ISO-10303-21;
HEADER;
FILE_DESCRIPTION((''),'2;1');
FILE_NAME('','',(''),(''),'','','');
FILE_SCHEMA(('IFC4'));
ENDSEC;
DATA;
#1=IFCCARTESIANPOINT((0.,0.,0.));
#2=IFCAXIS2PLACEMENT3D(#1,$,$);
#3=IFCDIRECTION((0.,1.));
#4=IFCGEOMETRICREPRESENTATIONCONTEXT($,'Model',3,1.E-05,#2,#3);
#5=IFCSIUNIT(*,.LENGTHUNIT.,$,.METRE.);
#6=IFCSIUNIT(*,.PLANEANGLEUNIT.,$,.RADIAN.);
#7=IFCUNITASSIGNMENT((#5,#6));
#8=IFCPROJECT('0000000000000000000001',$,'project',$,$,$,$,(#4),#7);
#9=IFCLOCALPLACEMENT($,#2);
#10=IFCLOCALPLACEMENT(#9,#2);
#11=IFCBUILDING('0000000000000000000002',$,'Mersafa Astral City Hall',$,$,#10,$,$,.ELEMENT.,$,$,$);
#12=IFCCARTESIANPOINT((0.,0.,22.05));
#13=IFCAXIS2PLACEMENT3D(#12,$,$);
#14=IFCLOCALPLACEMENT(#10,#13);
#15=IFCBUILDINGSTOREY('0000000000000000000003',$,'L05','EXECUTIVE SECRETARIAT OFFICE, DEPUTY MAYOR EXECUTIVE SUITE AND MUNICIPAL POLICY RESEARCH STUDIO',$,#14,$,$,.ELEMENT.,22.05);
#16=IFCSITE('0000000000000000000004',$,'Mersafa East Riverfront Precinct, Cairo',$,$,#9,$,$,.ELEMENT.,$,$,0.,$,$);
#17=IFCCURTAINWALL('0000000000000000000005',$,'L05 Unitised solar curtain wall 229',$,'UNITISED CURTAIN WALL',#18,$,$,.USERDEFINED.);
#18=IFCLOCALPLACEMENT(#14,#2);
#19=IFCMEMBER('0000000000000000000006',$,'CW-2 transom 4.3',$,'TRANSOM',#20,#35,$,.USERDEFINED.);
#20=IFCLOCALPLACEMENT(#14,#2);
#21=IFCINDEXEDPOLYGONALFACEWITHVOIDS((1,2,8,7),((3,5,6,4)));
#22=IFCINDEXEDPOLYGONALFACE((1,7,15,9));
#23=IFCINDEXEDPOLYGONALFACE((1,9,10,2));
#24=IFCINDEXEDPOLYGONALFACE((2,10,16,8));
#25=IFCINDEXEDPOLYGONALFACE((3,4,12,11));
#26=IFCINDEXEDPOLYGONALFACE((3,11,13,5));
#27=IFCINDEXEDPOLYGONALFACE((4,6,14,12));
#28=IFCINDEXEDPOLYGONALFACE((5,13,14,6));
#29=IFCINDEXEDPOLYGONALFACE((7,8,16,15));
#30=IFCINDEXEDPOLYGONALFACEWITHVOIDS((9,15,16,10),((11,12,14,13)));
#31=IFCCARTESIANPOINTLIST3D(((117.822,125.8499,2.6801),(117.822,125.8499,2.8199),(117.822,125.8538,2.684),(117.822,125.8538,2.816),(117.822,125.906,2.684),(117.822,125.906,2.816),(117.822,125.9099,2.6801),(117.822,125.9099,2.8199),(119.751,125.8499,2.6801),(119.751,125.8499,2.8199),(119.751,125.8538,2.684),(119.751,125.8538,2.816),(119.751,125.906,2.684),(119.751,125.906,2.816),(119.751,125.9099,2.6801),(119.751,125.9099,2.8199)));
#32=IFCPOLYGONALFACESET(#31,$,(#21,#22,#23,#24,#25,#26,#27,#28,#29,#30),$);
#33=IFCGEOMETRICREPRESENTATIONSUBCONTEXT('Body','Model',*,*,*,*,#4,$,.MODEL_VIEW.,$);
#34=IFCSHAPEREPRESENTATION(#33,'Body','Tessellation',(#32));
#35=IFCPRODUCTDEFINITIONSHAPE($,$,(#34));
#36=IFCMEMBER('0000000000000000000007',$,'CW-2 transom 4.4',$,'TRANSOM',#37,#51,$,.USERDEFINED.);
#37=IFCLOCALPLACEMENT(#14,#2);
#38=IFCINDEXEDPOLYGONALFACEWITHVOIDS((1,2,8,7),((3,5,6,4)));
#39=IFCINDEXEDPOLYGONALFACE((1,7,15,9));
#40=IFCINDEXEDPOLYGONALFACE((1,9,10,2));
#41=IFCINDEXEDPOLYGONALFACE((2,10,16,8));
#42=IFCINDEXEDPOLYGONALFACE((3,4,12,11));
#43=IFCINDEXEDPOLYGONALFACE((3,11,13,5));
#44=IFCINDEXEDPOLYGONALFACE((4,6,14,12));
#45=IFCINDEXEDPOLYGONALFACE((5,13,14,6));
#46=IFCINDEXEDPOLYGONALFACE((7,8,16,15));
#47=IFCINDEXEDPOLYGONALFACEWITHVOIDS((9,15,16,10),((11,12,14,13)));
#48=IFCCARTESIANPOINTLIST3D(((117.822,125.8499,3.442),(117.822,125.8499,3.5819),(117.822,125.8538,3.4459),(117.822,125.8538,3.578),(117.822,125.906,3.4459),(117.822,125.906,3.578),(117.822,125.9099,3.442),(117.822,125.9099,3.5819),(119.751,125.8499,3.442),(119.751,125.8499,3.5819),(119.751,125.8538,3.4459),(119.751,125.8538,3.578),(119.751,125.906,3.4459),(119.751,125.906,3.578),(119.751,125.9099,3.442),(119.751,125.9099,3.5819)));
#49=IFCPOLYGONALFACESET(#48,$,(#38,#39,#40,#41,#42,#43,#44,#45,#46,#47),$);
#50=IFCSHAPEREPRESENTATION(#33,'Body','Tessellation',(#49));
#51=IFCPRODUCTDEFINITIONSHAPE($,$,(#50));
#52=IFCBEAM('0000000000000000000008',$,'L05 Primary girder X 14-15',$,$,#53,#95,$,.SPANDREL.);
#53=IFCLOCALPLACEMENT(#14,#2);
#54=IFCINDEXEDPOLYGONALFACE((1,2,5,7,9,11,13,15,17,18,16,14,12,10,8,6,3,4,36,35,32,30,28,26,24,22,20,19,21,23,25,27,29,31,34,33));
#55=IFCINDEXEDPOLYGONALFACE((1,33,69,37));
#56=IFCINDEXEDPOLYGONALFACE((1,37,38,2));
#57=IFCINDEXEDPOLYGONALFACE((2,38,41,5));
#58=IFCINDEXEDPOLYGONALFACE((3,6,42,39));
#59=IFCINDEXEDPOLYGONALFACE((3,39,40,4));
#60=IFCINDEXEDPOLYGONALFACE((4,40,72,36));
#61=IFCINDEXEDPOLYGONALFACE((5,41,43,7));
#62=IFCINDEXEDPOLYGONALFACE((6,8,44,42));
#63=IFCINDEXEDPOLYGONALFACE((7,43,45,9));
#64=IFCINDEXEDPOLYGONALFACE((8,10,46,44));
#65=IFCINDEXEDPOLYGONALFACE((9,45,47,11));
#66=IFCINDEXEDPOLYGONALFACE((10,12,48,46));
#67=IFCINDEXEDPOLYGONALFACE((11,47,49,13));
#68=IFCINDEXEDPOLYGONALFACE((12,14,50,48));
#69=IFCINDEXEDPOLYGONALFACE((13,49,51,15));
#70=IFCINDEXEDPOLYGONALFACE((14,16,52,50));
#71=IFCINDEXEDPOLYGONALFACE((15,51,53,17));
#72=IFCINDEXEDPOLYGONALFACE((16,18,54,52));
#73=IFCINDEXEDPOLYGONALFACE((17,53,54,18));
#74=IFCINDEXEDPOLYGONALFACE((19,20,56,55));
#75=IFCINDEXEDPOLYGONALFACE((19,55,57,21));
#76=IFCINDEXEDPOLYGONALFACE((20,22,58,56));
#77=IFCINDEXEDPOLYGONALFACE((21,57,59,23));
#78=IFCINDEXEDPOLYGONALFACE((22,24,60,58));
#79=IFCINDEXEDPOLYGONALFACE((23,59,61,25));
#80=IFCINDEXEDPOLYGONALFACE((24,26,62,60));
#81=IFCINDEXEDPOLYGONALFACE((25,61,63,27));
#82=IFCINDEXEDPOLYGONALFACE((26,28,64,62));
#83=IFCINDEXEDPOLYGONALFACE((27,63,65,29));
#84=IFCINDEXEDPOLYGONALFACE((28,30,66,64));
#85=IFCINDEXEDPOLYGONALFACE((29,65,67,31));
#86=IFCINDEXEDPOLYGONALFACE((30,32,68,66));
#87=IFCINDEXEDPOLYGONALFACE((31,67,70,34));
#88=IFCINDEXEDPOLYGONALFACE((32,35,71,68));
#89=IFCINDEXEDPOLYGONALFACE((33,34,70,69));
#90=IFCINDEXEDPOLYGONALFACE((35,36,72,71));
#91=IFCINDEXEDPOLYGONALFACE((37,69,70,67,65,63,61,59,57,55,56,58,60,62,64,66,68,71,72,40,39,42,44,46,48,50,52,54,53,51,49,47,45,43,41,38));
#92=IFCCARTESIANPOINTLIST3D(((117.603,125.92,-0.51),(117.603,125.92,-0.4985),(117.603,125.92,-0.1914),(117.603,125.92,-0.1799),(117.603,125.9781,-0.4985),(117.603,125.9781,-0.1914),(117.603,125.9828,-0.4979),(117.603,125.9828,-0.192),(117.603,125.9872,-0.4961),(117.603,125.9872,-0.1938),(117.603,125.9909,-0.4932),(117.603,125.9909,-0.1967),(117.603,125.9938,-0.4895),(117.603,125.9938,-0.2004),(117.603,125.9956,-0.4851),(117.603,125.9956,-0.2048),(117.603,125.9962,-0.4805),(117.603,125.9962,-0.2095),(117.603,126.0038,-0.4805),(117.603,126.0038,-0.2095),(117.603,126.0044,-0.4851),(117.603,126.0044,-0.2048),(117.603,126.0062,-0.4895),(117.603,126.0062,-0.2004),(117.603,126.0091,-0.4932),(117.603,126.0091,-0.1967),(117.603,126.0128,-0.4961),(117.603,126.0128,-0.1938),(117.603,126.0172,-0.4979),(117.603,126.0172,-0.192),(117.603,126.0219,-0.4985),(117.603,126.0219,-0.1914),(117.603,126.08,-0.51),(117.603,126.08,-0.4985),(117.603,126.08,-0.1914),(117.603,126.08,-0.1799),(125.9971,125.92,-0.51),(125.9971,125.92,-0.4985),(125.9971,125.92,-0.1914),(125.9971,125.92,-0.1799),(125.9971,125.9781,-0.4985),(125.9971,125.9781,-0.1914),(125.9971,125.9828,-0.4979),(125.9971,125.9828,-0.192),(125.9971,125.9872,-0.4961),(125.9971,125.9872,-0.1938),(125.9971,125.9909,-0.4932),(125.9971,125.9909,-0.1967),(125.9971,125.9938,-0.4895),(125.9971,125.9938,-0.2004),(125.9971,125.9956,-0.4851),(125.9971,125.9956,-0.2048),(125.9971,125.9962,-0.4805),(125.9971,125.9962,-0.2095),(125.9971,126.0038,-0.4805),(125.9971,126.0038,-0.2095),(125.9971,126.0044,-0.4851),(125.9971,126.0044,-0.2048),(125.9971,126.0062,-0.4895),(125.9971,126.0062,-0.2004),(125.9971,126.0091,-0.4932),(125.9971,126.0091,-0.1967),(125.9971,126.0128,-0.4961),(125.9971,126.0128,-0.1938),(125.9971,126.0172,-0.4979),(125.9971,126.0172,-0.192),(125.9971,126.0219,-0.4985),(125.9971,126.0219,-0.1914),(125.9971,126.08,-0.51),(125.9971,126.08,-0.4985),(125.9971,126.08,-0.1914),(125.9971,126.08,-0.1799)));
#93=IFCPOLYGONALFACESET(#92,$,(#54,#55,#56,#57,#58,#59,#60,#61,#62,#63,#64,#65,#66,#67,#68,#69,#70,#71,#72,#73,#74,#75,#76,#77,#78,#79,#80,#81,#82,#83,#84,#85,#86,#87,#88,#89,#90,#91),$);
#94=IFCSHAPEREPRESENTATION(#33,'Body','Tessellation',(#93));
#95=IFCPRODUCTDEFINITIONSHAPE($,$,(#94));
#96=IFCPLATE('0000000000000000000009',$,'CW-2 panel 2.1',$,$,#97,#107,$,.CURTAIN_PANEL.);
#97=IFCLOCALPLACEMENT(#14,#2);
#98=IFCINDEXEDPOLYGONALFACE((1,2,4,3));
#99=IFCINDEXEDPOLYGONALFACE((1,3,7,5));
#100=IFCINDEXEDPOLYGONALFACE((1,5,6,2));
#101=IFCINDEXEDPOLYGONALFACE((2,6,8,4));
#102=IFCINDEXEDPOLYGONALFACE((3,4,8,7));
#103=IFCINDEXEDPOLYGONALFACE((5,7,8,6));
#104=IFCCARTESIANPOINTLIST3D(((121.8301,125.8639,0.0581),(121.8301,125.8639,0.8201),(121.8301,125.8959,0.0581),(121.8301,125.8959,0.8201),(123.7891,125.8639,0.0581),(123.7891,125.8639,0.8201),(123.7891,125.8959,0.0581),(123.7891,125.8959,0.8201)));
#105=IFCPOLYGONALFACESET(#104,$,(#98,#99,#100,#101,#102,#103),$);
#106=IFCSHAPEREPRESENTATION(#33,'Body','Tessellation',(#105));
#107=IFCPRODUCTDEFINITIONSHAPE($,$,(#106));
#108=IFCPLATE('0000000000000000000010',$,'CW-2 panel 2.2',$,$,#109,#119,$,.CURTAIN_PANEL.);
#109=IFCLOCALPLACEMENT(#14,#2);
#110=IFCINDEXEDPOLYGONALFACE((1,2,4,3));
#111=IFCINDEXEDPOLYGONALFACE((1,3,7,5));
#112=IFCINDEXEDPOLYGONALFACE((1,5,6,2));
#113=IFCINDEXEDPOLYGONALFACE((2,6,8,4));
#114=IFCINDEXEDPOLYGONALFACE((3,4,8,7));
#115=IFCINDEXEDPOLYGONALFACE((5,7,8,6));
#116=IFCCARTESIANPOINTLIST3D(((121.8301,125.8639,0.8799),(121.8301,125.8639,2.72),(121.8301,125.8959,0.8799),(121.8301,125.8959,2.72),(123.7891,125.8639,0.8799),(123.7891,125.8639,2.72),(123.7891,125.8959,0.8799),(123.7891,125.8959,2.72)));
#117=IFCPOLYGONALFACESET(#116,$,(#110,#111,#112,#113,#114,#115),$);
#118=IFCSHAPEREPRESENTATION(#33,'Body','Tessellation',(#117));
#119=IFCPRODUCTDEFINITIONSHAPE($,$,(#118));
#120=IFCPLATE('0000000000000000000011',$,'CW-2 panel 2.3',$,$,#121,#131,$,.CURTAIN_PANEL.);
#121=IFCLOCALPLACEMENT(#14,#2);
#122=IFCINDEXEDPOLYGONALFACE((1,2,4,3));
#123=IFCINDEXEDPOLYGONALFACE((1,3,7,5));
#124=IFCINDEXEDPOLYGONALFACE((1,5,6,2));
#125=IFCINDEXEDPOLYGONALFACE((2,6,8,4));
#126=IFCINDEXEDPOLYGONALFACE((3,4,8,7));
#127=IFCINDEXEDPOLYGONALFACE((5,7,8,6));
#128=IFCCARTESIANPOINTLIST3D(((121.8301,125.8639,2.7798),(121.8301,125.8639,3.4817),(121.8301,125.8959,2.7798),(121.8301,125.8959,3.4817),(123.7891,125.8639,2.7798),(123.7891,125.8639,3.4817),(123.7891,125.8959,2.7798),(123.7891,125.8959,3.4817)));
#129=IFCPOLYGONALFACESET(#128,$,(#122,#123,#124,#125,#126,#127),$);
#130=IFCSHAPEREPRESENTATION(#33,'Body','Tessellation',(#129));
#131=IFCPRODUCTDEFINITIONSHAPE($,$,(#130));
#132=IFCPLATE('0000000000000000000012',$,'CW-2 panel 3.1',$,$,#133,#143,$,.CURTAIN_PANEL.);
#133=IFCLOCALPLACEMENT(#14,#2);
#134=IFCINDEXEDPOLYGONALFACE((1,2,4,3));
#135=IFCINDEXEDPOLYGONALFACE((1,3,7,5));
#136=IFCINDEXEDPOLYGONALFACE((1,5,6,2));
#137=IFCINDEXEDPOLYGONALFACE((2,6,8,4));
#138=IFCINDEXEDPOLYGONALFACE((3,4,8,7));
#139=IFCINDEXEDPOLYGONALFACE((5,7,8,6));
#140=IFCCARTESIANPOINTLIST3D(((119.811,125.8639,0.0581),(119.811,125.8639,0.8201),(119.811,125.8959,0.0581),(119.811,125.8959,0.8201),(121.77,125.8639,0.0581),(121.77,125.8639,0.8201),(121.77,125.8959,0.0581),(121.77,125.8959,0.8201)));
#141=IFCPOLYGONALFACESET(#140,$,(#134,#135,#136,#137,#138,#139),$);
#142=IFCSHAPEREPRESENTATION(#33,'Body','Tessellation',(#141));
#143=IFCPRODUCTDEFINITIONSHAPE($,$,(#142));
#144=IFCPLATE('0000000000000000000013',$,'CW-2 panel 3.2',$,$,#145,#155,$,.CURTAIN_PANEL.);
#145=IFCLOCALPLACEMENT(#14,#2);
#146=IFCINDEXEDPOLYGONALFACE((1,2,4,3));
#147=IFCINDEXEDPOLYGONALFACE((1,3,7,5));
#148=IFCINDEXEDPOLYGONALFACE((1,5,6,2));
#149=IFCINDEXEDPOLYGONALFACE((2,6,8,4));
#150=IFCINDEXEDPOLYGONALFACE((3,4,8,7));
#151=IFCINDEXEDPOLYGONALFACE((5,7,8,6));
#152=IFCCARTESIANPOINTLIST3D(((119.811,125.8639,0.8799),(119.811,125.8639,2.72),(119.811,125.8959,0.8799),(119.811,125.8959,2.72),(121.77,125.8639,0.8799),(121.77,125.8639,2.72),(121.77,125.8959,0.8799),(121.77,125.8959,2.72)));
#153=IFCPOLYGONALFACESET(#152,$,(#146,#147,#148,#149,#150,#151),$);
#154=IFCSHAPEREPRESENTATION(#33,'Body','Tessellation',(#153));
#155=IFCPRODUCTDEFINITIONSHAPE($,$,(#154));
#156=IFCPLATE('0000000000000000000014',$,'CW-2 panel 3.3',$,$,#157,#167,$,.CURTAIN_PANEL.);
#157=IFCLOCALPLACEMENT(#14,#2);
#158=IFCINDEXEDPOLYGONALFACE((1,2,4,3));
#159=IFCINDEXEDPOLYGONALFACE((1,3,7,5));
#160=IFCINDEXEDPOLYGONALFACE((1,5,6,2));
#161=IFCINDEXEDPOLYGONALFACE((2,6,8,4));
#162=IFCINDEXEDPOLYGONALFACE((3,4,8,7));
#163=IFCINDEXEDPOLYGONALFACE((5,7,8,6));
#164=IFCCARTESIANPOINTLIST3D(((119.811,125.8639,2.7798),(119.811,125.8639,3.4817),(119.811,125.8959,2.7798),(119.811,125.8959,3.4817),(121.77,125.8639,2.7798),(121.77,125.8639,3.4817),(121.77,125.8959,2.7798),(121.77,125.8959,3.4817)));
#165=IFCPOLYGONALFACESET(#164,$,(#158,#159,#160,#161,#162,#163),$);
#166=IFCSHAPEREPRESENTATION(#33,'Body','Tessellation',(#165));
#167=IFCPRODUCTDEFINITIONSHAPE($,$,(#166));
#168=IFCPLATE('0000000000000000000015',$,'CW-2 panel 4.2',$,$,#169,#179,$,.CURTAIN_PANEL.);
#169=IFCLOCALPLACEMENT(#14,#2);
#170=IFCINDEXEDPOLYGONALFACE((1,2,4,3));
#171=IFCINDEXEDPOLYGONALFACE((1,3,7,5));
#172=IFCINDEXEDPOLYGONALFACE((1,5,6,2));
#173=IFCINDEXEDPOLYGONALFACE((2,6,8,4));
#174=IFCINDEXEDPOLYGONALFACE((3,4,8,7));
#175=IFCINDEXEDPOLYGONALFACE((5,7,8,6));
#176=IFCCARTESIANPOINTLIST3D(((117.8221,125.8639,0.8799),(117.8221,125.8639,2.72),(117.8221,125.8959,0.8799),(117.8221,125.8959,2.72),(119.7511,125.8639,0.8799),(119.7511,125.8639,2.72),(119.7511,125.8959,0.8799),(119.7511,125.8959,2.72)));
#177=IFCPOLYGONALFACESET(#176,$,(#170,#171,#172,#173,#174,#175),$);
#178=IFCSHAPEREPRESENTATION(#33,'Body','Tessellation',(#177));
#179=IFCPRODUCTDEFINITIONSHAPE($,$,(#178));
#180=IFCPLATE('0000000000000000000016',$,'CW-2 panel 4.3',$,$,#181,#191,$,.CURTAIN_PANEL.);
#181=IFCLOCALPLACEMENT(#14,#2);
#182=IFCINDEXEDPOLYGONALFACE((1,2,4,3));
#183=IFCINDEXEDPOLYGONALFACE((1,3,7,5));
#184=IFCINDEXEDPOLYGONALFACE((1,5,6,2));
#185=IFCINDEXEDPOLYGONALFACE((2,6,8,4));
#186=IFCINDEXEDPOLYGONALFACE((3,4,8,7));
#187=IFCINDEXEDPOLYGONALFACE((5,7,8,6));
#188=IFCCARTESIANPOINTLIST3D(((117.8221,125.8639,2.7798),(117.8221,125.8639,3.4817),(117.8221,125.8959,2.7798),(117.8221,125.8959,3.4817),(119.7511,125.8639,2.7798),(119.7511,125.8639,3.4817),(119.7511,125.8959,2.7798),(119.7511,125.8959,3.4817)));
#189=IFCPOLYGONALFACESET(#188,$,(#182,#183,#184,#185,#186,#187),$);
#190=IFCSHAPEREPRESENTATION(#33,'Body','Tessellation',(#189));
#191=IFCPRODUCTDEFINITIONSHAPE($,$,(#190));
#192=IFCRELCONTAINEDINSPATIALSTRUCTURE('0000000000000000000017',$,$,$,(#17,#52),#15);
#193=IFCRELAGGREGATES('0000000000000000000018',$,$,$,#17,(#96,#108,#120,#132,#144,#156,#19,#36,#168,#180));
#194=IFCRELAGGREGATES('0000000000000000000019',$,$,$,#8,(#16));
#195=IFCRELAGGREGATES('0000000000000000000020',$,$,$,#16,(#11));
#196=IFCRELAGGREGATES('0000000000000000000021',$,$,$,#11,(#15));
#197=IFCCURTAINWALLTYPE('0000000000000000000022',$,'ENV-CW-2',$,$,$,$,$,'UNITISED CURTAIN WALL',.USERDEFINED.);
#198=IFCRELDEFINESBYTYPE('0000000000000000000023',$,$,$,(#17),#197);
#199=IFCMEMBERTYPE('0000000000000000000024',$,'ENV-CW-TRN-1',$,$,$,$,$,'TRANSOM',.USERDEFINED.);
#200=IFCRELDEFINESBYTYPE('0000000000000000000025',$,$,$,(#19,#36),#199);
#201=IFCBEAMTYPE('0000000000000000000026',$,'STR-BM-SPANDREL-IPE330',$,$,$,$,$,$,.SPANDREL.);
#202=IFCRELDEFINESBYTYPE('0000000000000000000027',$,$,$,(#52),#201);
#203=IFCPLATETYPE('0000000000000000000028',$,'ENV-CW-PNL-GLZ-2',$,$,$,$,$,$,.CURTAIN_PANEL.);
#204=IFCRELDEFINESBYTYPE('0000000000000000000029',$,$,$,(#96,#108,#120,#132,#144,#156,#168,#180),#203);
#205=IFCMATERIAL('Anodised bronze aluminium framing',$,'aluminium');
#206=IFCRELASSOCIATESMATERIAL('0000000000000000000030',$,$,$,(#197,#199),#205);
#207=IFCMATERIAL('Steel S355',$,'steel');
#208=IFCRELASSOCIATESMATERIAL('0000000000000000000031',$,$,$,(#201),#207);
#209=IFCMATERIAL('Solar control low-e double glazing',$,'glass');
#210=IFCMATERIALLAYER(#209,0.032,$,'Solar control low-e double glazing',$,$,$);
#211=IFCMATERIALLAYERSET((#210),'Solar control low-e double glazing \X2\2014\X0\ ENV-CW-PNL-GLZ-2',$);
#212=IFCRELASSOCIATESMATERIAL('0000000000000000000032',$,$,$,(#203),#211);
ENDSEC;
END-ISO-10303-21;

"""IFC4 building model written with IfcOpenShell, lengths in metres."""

from ifc_helpers import new_model, si_unit, direction, frame, origin, origin_2d, place, context, subcontext, project, spatial, rectangle, hollow_rectangle, i_section, extrude, material, layer, layer_set, material_profile, profile_set, type_object, element, aggregate, save


model = new_model("IFC4")

# Units and contexts
model_context = context("Model", 3, precision=1e-05, world=origin(), true_north=direction((0.0, 1.0)))
body_context = subcontext(model_context, "Body", "Model", "MODEL_VIEW")
ifc_project = project(units=[si_unit("LENGTHUNIT", "METRE"), si_unit("PLANEANGLEUNIT", "RADIAN")], contexts=[model_context])

# Site, building, storey
site_placement = place(None, origin())
site = spatial("IfcSite", under=ifc_project, at=site_placement, Name="Mersafa East Riverfront Precinct, Cairo", CompositionType="ELEMENT", RefElevation=0.0)
building_placement = place(site_placement, origin())
building = spatial("IfcBuilding", under=site, at=building_placement, Name="Mersafa Astral City Hall", CompositionType="ELEMENT")
storey_placement = place(building_placement, frame((0.0, 0.0, 22.05)))
storey = spatial("IfcBuildingStorey", under=building, at=storey_placement, Name="L05", Description="EXECUTIVE SECRETARIAT OFFICE, DEPUTY MAYOR EXECUTIVE SUITE AND MUNICIPAL POLICY RESEARCH STUDIO", CompositionType="ELEMENT", Elevation=22.05)

# Shared definitions
ifc_material_1 = material(Name="Steel S355", Category="steel")

# Curtain wall, members
ifc_material_2 = material(Name="Anodised bronze aluminium framing", Category="aluminium")
curtain_wall_type = type_object("IfcCurtainWallType", Name="ENV-CW-2", ElementType="UNITISED CURTAIN WALL", PredefinedType="USERDEFINED", material=ifc_material_2)
curtain_wall_placement = place(storey_placement, origin())
curtain_wall = element("IfcCurtainWall", 1, at=curtain_wall_placement, inside=storey, type_object=curtain_wall_type, Name="L05 Unitised solar curtain wall 229", ObjectType="UNITISED CURTAIN WALL", PredefinedType="USERDEFINED")
ifc_material_profile_1 = material_profile(ifc_material_2, hollow_rectangle(XDim=0.0601, YDim=0.1399, WallThickness=0.0039, at=origin_2d()), Name="RHS 60x140x4")
ifc_profile_set_1 = profile_set([ifc_material_profile_1], Name="Anodised bronze aluminium framing")
member_type_1 = type_object("IfcMemberType", Name="ENV-CW-TRN-1", ElementType="TRANSOM", PredefinedType="USERDEFINED", material=ifc_profile_set_1)
member_1_placement = place(storey_placement, frame((119.751, 125.8799, 2.75), z_axis=(-1.0, 0.0, 0.0), x_axis=(0.0, -1.0, 0.0)))
member_1 = element("IfcMember", 2, at=member_1_placement, type_object=member_type_1, Name="CW-2 transom 4.3", ObjectType="TRANSOM", PredefinedType="USERDEFINED", context=body_context, shape_type="SweptSolid", body=[
    extrude(hollow_rectangle(XDim=0.0601, YDim=0.1399, WallThickness=0.0039, at=origin_2d()), origin(), (0.0, 0.0, 1.0), 1.929),
])
member_2_placement = place(storey_placement, frame((119.751, 125.8799, 3.512), z_axis=(-1.0, 0.0, 0.0), x_axis=(0.0, -1.0, 0.0)))
member_2 = element("IfcMember", 3, at=member_2_placement, type_object=member_type_1, Name="CW-2 transom 4.4", ObjectType="TRANSOM", PredefinedType="USERDEFINED", context=body_context, shape_type="SweptSolid", body=[
    extrude(hollow_rectangle(XDim=0.0601, YDim=0.1399, WallThickness=0.0039, at=origin_2d()), origin(), (0.0, 0.0, 1.0), 1.929),
])

# Beam
ifc_material_profile_2 = material_profile(ifc_material_1, i_section(OverallWidth=0.1599, OverallDepth=0.3301, WebThickness=0.0076, FlangeThickness=0.0115, FilletRadius=0.0181, at=origin_2d()), Name="IPE 330")
ifc_profile_set_2 = profile_set([ifc_material_profile_2], Name="Steel S355")
beam_type = type_object("IfcBeamType", Name="STR-BM-SPANDREL-IPE330", PredefinedType="SPANDREL", material=ifc_profile_set_2)
beam_placement = place(storey_placement, frame((117.603, 126.0, -0.345), z_axis=(1.0, 0.0, 0.0), x_axis=(0.0, 1.0, 0.0)))
element("IfcBeam", 4, at=beam_placement, inside=storey, type_object=beam_type, Name="L05 Primary girder X 14-15", PredefinedType="SPANDREL", context=body_context, shape_type="SweptSolid", body=[
    extrude(i_section(OverallWidth=0.1599, OverallDepth=0.3301, WebThickness=0.0076, FlangeThickness=0.0115, FilletRadius=0.0181, at=origin_2d()), origin(), (0.0, 0.0, 1.0), 8.394),
])

# Plates
ifc_material_3 = material(Name="Solar control low-e double glazing", Category="glass")
ifc_layer = layer(ifc_material_3, 0.032, Name="Solar control low-e double glazing")
ifc_layer_set = layer_set([ifc_layer], Name="Solar control low-e double glazing — ENV-CW-PNL-GLZ-2")
plate_type = type_object("IfcPlateType", Name="ENV-CW-PNL-GLZ-2", PredefinedType="CURTAIN_PANEL", material=ifc_layer_set)
plate_1_placement = place(storey_placement, frame((122.8096, 125.8799, 0.0581), z_axis=(0.0, 0.0, 1.0), x_axis=(-1.0, 0.0, 0.0)))
plate_1 = element("IfcPlate", 5, at=plate_1_placement, type_object=plate_type, Name="CW-2 panel 2.1", PredefinedType="CURTAIN_PANEL", context=body_context, shape_type="SweptSolid", body=[
    extrude(rectangle(XDim=1.959, YDim=0.032, at=origin_2d()), origin(), (0.0, 0.0, 1.0), 0.762),
])
plate_2_placement = place(storey_placement, frame((122.8096, 125.8799, 0.8799), z_axis=(0.0, 0.0, 1.0), x_axis=(-1.0, 0.0, 0.0)))
plate_2 = element("IfcPlate", 6, at=plate_2_placement, type_object=plate_type, Name="CW-2 panel 2.2", PredefinedType="CURTAIN_PANEL", context=body_context, shape_type="SweptSolid", body=[
    extrude(rectangle(XDim=1.959, YDim=0.032, at=origin_2d()), origin(), (0.0, 0.0, 1.0), 1.8401),
])
plate_3_placement = place(storey_placement, frame((122.8096, 125.8799, 2.7798), z_axis=(0.0, 0.0, 1.0), x_axis=(-1.0, 0.0, 0.0)))
plate_3 = element("IfcPlate", 7, at=plate_3_placement, type_object=plate_type, Name="CW-2 panel 2.3", PredefinedType="CURTAIN_PANEL", context=body_context, shape_type="SweptSolid", body=[
    extrude(rectangle(XDim=1.959, YDim=0.032, at=origin_2d()), origin(), (0.0, 0.0, 1.0), 0.7019),
])
plate_4_placement = place(storey_placement, frame((120.7905, 125.8799, 0.0581), z_axis=(0.0, 0.0, 1.0), x_axis=(-1.0, 0.0, 0.0)))
plate_4 = element("IfcPlate", 8, at=plate_4_placement, type_object=plate_type, Name="CW-2 panel 3.1", PredefinedType="CURTAIN_PANEL", context=body_context, shape_type="SweptSolid", body=[
    extrude(rectangle(XDim=1.959, YDim=0.032, at=origin_2d()), origin(), (0.0, 0.0, 1.0), 0.762),
])
plate_5_placement = place(storey_placement, frame((120.7905, 125.8799, 0.8799), z_axis=(0.0, 0.0, 1.0), x_axis=(-1.0, 0.0, 0.0)))
plate_5 = element("IfcPlate", 9, at=plate_5_placement, type_object=plate_type, Name="CW-2 panel 3.2", PredefinedType="CURTAIN_PANEL", context=body_context, shape_type="SweptSolid", body=[
    extrude(rectangle(XDim=1.959, YDim=0.032, at=origin_2d()), origin(), (0.0, 0.0, 1.0), 1.8401),
])
plate_6_placement = place(storey_placement, frame((120.7905, 125.8799, 2.7798), z_axis=(0.0, 0.0, 1.0), x_axis=(-1.0, 0.0, 0.0)))
plate_6 = element("IfcPlate", 10, at=plate_6_placement, type_object=plate_type, Name="CW-2 panel 3.3", PredefinedType="CURTAIN_PANEL", context=body_context, shape_type="SweptSolid", body=[
    extrude(rectangle(XDim=1.959, YDim=0.032, at=origin_2d()), origin(), (0.0, 0.0, 1.0), 0.7019),
])
plate_7_placement = place(storey_placement, frame((118.7866, 125.8799, 0.8799), z_axis=(0.0, 0.0, 1.0), x_axis=(-1.0, 0.0, 0.0)))
plate_7 = element("IfcPlate", 11, at=plate_7_placement, type_object=plate_type, Name="CW-2 panel 4.2", PredefinedType="CURTAIN_PANEL", context=body_context, shape_type="SweptSolid", body=[
    extrude(rectangle(XDim=1.929, YDim=0.032, at=origin_2d()), origin(), (0.0, 0.0, 1.0), 1.8401),
])
plate_8_placement = place(storey_placement, frame((118.7866, 125.8799, 2.7798), z_axis=(0.0, 0.0, 1.0), x_axis=(-1.0, 0.0, 0.0)))
plate_8 = element("IfcPlate", 12, at=plate_8_placement, type_object=plate_type, Name="CW-2 panel 4.3", PredefinedType="CURTAIN_PANEL", context=body_context, shape_type="SweptSolid", body=[
    extrude(rectangle(XDim=1.929, YDim=0.032, at=origin_2d()), origin(), (0.0, 0.0, 1.0), 0.7019),
])
aggregate(curtain_wall, [plate_1, plate_2, plate_3, plate_4, plate_5, plate_6, member_1, member_2, plate_7, plate_8])

save(model, "model.ifc")
